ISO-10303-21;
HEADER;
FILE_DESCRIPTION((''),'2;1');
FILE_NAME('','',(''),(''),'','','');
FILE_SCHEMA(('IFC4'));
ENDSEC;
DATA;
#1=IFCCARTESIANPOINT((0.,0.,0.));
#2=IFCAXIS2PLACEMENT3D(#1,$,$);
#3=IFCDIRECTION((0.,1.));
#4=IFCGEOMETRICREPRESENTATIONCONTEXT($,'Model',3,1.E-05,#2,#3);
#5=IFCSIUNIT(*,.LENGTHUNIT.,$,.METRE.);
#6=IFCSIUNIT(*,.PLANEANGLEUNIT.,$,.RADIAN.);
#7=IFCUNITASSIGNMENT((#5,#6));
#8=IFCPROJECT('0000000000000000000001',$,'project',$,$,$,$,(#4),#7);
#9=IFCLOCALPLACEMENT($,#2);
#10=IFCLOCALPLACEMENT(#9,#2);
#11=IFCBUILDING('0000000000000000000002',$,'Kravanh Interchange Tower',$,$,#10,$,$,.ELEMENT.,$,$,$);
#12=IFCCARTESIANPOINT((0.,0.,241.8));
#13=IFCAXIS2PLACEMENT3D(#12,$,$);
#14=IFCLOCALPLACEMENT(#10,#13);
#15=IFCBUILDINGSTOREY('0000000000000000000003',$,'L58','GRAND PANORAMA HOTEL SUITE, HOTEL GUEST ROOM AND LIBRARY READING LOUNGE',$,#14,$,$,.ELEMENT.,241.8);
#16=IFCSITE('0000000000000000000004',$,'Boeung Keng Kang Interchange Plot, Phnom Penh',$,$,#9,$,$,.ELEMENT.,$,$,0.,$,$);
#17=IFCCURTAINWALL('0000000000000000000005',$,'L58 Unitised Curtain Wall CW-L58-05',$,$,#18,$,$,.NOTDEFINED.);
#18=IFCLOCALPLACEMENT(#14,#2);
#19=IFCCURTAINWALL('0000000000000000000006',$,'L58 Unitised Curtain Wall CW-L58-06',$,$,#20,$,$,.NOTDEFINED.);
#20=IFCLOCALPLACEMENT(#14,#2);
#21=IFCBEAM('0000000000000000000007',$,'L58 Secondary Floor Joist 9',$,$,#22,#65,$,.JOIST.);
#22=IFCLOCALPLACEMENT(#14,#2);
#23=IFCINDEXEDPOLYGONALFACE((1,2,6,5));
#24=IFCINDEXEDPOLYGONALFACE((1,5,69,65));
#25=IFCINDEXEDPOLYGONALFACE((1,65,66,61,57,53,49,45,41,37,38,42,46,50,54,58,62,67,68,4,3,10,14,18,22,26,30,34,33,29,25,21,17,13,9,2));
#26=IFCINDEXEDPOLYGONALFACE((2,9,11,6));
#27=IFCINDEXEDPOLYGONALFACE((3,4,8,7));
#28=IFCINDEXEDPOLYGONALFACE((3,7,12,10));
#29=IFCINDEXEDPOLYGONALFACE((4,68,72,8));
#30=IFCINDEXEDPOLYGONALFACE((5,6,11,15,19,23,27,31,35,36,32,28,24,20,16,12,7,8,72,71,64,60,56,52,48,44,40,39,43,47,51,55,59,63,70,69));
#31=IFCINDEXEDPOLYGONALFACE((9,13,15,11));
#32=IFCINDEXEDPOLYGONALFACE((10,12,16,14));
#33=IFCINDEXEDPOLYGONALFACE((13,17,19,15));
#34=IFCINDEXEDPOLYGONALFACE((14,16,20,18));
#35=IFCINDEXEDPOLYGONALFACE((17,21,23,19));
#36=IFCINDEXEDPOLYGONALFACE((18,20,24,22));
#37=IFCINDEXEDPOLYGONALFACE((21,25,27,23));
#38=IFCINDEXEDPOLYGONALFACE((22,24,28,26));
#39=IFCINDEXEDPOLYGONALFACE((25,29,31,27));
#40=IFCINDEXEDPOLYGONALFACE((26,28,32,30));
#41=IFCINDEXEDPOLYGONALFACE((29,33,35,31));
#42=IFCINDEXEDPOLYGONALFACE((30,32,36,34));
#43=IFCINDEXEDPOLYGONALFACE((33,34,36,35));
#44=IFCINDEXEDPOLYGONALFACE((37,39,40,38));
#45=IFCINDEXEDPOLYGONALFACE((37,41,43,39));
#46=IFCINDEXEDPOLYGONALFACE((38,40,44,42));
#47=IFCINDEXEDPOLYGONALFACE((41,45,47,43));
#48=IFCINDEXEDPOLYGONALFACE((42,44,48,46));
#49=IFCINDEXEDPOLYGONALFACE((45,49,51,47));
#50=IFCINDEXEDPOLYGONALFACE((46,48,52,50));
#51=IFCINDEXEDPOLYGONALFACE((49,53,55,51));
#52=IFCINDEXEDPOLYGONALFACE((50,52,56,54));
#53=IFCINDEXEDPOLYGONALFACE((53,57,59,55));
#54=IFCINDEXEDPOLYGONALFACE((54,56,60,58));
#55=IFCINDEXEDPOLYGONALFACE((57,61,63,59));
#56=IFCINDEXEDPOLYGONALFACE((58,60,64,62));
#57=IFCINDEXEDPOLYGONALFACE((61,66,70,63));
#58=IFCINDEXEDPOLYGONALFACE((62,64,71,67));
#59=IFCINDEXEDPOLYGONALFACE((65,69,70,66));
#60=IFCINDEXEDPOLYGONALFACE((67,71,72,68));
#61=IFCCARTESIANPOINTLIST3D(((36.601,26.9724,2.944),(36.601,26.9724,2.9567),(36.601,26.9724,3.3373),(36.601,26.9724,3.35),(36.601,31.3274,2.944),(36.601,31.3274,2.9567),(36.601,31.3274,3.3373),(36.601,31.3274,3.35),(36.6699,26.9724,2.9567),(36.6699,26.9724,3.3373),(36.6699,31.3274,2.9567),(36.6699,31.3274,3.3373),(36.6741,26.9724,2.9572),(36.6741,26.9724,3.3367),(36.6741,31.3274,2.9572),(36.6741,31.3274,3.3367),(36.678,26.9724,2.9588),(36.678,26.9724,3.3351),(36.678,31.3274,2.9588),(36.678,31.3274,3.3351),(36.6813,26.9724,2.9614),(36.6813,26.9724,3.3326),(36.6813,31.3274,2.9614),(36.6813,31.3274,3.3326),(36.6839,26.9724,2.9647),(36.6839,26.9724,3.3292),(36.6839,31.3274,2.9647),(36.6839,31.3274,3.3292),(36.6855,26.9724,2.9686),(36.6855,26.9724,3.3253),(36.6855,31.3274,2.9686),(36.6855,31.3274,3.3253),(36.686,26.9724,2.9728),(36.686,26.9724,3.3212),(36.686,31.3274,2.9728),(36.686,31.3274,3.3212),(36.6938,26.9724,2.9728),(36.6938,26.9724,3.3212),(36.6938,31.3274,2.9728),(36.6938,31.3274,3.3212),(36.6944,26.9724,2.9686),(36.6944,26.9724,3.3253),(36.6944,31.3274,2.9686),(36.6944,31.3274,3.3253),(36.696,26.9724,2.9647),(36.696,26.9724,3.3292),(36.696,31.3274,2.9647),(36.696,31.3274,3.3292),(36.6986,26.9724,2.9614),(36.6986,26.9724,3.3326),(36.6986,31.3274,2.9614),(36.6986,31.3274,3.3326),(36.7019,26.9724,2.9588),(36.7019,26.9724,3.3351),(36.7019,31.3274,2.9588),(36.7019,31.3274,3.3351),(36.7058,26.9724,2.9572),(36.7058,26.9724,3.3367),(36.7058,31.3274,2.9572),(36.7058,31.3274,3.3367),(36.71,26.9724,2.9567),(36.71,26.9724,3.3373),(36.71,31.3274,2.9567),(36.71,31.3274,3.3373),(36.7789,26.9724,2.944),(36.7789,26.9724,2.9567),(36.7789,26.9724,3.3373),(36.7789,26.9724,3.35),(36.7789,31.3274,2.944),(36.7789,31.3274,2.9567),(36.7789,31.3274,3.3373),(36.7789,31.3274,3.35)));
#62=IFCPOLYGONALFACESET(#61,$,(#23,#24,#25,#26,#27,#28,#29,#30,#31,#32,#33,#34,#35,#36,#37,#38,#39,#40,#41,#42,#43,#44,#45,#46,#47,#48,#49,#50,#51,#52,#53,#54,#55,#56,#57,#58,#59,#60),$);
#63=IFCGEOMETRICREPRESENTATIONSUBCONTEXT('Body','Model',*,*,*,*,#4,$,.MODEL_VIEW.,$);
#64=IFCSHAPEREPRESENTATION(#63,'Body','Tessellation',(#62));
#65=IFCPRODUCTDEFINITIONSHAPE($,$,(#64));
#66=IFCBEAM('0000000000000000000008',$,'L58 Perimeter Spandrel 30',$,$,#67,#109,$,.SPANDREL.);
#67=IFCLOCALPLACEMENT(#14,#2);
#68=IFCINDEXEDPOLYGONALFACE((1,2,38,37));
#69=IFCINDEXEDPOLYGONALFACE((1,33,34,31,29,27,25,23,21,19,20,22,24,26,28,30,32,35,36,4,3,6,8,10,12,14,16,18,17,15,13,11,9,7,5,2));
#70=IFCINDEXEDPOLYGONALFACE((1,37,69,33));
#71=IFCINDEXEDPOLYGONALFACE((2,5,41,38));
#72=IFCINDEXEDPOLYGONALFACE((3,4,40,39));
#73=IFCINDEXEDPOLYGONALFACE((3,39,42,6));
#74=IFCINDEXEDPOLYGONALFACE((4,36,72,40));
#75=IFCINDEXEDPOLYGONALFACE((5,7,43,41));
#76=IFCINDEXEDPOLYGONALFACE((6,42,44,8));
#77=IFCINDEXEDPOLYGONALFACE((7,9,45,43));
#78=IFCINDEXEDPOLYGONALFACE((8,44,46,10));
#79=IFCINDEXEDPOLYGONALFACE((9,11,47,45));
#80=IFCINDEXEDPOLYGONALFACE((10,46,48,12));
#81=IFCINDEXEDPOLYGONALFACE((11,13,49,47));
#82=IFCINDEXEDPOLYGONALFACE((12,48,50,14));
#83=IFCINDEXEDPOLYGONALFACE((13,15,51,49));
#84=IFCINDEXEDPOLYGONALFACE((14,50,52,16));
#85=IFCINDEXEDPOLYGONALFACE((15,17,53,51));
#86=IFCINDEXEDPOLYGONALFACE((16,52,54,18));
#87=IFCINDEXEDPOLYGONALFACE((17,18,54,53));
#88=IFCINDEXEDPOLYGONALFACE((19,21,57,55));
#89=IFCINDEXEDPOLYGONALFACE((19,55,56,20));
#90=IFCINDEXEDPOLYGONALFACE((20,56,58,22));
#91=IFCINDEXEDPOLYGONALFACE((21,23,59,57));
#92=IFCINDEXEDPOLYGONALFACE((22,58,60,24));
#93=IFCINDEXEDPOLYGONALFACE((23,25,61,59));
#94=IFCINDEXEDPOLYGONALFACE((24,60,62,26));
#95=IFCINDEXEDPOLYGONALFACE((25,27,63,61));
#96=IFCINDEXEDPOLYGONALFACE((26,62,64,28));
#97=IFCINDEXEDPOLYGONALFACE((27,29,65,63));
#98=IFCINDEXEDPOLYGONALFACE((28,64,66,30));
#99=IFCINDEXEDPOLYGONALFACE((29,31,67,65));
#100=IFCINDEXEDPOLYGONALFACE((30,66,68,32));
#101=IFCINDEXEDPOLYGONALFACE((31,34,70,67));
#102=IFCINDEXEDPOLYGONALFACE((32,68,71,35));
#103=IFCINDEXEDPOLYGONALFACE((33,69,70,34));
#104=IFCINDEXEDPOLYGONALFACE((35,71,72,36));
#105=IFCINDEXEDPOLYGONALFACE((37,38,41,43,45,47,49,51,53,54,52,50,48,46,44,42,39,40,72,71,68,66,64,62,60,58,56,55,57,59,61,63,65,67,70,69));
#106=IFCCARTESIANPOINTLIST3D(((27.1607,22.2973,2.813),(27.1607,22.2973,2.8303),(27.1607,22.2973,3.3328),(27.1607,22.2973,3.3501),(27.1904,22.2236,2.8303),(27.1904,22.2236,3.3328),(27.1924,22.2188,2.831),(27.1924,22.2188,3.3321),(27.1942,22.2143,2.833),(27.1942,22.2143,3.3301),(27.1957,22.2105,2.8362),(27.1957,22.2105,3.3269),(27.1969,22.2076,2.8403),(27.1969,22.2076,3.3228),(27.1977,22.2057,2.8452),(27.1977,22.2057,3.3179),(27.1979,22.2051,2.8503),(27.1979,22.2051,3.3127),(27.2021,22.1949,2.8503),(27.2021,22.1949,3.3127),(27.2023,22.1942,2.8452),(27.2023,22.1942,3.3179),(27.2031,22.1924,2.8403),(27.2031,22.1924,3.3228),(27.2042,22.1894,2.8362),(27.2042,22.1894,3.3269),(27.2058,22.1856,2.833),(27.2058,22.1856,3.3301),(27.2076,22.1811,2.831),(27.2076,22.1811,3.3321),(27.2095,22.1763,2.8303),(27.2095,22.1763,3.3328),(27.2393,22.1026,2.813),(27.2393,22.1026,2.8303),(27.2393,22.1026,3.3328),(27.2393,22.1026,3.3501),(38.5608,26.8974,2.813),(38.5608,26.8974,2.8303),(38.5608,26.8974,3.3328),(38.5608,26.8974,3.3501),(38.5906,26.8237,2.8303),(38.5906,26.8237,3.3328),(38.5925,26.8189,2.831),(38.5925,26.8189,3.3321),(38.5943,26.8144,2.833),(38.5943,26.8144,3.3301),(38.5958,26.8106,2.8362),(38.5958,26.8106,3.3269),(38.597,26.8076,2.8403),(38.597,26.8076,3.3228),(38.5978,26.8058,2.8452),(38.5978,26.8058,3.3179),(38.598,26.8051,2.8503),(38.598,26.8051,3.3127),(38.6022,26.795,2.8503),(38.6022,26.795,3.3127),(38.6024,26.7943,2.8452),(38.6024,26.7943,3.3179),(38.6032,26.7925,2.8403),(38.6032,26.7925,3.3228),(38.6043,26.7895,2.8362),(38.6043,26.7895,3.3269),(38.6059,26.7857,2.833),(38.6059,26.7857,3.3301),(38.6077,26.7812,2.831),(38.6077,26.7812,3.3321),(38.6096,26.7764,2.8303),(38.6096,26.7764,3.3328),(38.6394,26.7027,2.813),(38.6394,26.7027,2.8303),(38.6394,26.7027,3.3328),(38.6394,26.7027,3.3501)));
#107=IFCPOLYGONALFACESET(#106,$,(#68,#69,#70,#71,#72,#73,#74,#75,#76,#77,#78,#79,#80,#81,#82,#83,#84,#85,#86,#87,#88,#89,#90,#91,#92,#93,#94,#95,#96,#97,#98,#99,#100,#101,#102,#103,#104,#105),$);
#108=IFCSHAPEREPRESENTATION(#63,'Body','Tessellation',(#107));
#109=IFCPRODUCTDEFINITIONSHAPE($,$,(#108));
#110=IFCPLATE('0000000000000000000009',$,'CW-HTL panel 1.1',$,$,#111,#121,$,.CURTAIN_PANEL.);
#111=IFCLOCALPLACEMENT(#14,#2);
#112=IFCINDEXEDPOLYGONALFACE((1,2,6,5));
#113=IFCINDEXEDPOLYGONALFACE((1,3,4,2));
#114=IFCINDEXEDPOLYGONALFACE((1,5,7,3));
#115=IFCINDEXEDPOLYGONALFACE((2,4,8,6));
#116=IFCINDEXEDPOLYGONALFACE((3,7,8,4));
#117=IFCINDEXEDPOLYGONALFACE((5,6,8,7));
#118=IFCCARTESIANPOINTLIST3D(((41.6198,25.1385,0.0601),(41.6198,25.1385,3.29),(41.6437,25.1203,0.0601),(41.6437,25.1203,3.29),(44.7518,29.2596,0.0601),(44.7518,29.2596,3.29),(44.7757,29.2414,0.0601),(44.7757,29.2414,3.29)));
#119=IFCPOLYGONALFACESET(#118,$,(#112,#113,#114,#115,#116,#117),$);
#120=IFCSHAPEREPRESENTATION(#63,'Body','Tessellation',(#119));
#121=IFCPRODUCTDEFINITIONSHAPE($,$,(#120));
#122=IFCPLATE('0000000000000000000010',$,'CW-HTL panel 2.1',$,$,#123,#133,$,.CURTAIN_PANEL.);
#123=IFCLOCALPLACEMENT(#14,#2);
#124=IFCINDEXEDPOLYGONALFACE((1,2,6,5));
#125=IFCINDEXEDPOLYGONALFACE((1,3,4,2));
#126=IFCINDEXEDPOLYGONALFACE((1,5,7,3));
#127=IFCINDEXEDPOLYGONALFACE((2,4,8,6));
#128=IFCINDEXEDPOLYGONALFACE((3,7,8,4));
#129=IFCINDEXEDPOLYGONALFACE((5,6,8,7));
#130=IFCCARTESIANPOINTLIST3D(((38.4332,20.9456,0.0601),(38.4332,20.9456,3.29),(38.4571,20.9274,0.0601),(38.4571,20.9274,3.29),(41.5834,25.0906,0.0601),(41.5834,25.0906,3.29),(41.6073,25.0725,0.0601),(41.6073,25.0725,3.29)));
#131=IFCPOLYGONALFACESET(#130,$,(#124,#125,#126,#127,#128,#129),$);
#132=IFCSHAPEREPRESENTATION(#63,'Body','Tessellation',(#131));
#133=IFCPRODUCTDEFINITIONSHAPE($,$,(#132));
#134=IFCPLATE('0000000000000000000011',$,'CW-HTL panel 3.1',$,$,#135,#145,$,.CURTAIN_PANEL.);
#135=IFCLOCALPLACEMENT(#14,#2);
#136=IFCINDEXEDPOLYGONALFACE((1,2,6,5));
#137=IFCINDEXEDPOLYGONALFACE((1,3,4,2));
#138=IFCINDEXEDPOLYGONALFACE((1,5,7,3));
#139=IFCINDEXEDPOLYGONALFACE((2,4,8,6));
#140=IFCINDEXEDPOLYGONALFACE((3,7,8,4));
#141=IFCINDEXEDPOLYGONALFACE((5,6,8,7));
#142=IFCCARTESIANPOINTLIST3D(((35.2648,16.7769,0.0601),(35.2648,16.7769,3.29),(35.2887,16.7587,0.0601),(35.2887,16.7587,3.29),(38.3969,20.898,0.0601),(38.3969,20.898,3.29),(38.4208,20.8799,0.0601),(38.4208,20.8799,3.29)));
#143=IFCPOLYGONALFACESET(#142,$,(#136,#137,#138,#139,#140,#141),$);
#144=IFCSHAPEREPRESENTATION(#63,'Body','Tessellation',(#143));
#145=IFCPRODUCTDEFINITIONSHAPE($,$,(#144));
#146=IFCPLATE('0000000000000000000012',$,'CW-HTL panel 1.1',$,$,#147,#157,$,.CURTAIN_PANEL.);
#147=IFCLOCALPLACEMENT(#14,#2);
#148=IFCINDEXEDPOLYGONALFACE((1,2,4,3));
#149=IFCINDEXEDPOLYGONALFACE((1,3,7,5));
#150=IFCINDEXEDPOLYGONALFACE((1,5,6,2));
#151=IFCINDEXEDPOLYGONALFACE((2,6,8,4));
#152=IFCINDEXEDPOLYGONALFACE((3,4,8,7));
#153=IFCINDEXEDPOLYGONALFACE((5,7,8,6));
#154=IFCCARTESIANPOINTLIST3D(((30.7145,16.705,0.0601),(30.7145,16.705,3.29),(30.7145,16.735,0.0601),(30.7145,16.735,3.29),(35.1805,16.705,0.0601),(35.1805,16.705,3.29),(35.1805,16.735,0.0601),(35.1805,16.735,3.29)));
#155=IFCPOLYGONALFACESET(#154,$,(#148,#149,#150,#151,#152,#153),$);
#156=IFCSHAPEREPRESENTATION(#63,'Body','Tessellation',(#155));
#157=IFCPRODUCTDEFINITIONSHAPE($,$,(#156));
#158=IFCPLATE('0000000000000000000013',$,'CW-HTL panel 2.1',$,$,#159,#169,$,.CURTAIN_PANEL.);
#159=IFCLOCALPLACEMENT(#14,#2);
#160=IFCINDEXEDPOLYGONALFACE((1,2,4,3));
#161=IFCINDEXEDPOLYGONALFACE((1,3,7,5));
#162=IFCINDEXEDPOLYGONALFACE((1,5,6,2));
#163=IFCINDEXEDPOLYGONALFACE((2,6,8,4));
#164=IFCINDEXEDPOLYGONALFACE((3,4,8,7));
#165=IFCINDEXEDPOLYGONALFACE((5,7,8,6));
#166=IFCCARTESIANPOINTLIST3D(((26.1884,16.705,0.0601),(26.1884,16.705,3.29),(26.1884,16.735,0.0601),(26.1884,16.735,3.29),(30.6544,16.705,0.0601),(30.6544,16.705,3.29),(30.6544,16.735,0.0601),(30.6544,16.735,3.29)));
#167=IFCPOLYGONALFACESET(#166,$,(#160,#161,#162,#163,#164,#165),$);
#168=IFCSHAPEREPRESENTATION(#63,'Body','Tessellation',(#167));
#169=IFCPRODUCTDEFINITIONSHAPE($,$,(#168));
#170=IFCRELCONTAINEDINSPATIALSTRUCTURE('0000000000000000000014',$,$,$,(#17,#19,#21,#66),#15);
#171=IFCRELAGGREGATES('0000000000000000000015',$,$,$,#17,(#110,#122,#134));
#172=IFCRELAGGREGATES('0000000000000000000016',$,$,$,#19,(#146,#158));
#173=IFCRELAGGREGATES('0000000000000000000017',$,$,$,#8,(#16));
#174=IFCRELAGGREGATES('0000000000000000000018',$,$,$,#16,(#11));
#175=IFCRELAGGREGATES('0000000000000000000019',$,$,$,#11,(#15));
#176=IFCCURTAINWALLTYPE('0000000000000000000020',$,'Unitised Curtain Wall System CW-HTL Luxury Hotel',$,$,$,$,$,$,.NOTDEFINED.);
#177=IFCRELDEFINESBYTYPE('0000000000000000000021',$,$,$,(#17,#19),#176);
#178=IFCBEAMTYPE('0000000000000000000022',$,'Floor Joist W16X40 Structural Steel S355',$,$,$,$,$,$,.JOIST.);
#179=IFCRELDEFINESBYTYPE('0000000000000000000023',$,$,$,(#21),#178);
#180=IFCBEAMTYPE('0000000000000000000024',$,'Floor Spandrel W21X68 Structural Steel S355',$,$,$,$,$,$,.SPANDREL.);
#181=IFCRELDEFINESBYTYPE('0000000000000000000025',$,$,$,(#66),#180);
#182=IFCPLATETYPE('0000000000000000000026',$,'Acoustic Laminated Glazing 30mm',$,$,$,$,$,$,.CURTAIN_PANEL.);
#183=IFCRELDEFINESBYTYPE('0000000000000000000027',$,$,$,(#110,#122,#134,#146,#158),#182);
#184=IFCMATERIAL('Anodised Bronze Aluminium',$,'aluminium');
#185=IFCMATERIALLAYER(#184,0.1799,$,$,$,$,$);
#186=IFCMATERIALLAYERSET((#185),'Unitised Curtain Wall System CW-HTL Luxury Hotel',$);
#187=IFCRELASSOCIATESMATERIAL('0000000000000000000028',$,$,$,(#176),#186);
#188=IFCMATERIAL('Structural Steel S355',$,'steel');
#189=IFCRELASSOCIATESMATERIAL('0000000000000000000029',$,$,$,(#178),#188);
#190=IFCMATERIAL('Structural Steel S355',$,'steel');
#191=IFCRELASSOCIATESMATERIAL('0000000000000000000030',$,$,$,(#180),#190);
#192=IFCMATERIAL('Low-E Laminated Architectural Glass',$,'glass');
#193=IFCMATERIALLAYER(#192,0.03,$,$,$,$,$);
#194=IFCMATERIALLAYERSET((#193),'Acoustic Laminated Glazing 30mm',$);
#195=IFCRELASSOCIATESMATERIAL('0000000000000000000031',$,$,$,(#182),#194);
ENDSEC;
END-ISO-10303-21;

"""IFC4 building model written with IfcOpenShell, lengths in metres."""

from ifc_helpers import new_model, si_unit, direction, frame, origin, origin_2d, place, context, subcontext, project, spatial, rectangle, i_section, extrude, material, layer, layer_set, material_profile, profile_set, type_object, element, aggregate, save


model = new_model("IFC4")

# Units and contexts
model_context = context("Model", 3, precision=1e-05, world=origin(), true_north=direction((0.0, 1.0)))
body_context = subcontext(model_context, "Body", "Model", "MODEL_VIEW")
ifc_project = project(units=[si_unit("LENGTHUNIT", "METRE"), si_unit("PLANEANGLEUNIT", "RADIAN")], contexts=[model_context])

# Site, building, storey
site_placement = place(None, origin())
site = spatial("IfcSite", under=ifc_project, at=site_placement, Name="Boeung Keng Kang Interchange Plot, Phnom Penh", CompositionType="ELEMENT", RefElevation=0.0)
building_placement = place(site_placement, origin())
building = spatial("IfcBuilding", under=site, at=building_placement, Name="Kravanh Interchange Tower", CompositionType="ELEMENT")
storey_placement = place(building_placement, frame((0.0, 0.0, 241.8)))
storey = spatial("IfcBuildingStorey", under=building, at=storey_placement, Name="L58", Description="GRAND PANORAMA HOTEL SUITE, HOTEL GUEST ROOM AND LIBRARY READING LOUNGE", CompositionType="ELEMENT", Elevation=241.8)

# Curtain walls
ifc_material_1 = material(Name="Anodised Bronze Aluminium", Category="aluminium")
ifc_layer_1 = layer(ifc_material_1, 0.1799)
ifc_layer_set_1 = layer_set([ifc_layer_1], Name="Unitised Curtain Wall System CW-HTL Luxury Hotel")
curtain_wall_type = type_object("IfcCurtainWallType", Name="Unitised Curtain Wall System CW-HTL Luxury Hotel", PredefinedType="NOTDEFINED", material=ifc_layer_set_1)
curtain_wall_1_placement = place(storey_placement, origin())
curtain_wall_1 = element("IfcCurtainWall", 1, at=curtain_wall_1_placement, inside=storey, type_object=curtain_wall_type, Name="L58 Unitised Curtain Wall CW-L58-05", PredefinedType="NOTDEFINED")
curtain_wall_2_placement = place(storey_placement, origin())
curtain_wall_2 = element("IfcCurtainWall", 2, at=curtain_wall_2_placement, inside=storey, type_object=curtain_wall_type, Name="L58 Unitised Curtain Wall CW-L58-06", PredefinedType="NOTDEFINED")

# Beams
ifc_material_2 = material(Name="Structural Steel S355", Category="steel")
ifc_material_profile_1 = material_profile(ifc_material_2, i_section(OverallWidth=0.178, OverallDepth=0.406, WebThickness=0.0078, FlangeThickness=0.0127, FilletRadius=0.0161, at=origin_2d()), Name="W16X40")
ifc_profile_set_1 = profile_set([ifc_material_profile_1], Name="Structural Steel S355")
beam_type_1 = type_object("IfcBeamType", Name="Floor Joist W16X40 Structural Steel S355", PredefinedType="JOIST", material=ifc_profile_set_1)
for number, where, z_axis, x_axis, name in (
    (3, (36.6899, 26.9724, 3.147), (0.0, 1.0, 0.0), (-1.0, 0.0, 0.0), "L58 Secondary Floor Joist 9"),
):
    element("IfcBeam", number, at=place(storey_placement, frame(where, z_axis=z_axis, x_axis=x_axis)), inside=storey, type_object=beam_type_1, Name=name, PredefinedType="JOIST", context=body_context, shape_type="SweptSolid", body=[
        extrude(i_section(OverallWidth=0.178, OverallDepth=0.406, WebThickness=0.0078, FlangeThickness=0.0127, FilletRadius=0.0161, at=origin_2d()), origin(), (0.0, 0.0, 1.0), 4.355),
    ])
ifc_material_3 = material(Name="Structural Steel S355", Category="steel")
ifc_material_profile_2 = material_profile(ifc_material_3, i_section(OverallWidth=0.21, OverallDepth=0.5371, WebThickness=0.011, FlangeThickness=0.0173, FilletRadius=0.02, at=origin_2d()), Name="W21X68")
ifc_profile_set_2 = profile_set([ifc_material_profile_2], Name="Structural Steel S355")
beam_type_2 = type_object("IfcBeamType", Name="Floor Spandrel W21X68 Structural Steel S355", PredefinedType="SPANDREL", material=ifc_profile_set_2)
beam_1_placement = place(storey_placement, frame((38.6001, 26.8, 3.0815), z_axis=(-0.927349, -0.374197, 0.0), x_axis=(0.374197, -0.927349, 0.0)))
element("IfcBeam", 4, at=beam_1_placement, inside=storey, type_object=beam_type_2, Name="L58 Perimeter Spandrel 30", PredefinedType="SPANDREL", context=body_context, shape_type="SweptSolid", body=[
    extrude(i_section(OverallWidth=0.21, OverallDepth=0.5371, WebThickness=0.011, FlangeThickness=0.0173, FilletRadius=0.02, at=origin_2d()), origin(), (0.0, 0.0, 1.0), 12.2932),
])

# Plates
ifc_material_4 = material(Name="Low-E Laminated Architectural Glass", Category="glass")
ifc_layer_2 = layer(ifc_material_4, 0.03)
ifc_layer_set_2 = layer_set([ifc_layer_2], Name="Acoustic Laminated Glazing 30mm")
plate_type = type_object("IfcPlateType", Name="Acoustic Laminated Glazing 30mm", PredefinedType="CURTAIN_PANEL", material=ifc_layer_set_2)
plate_1_placement = place(storey_placement, frame((43.1978, 27.1899, 0.0601), z_axis=(0.0, 0.0, 1.0), x_axis=(-0.605083, -0.796162, 0.0)))
plate_1 = element("IfcPlate", 5, at=plate_1_placement, type_object=plate_type, Name="CW-HTL panel 1.1", PredefinedType="CURTAIN_PANEL", context=body_context, shape_type="SweptSolid", body=[
    extrude(rectangle(XDim=5.1763, YDim=0.03, at=origin_2d()), origin(), (0.0, 0.0, 1.0), 3.23),
])
plate_2_placement = place(storey_placement, frame((40.0203, 23.009, 0.0601), z_axis=(0.0, 0.0, 1.0), x_axis=(-0.605083, -0.796162, 0.0)))
plate_2 = element("IfcPlate", 6, at=plate_2_placement, type_object=plate_type, Name="CW-HTL panel 2.1", PredefinedType="CURTAIN_PANEL", context=body_context, shape_type="SweptSolid", body=[
    extrude(rectangle(XDim=5.2063, YDim=0.03, at=origin_2d()), origin(), (0.0, 0.0, 1.0), 3.23),
])
plate_3_placement = place(storey_placement, frame((36.8428, 18.8284, 0.0601), z_axis=(0.0, 0.0, 1.0), x_axis=(-0.605083, -0.796162, 0.0)))
plate_3 = element("IfcPlate", 7, at=plate_3_placement, type_object=plate_type, Name="CW-HTL panel 3.1", PredefinedType="CURTAIN_PANEL", context=body_context, shape_type="SweptSolid", body=[
    extrude(rectangle(XDim=5.1763, YDim=0.03, at=origin_2d()), origin(), (0.0, 0.0, 1.0), 3.23),
])
aggregate(curtain_wall_1, [plate_1, plate_2, plate_3])
plate_4_placement = place(storey_placement, frame((32.9475, 16.72, 0.0601), z_axis=(0.0, 0.0, 1.0), x_axis=(-1.0, 0.0, 0.0)))
plate_4 = element("IfcPlate", 8, at=plate_4_placement, type_object=plate_type, Name="CW-HTL panel 1.1", PredefinedType="CURTAIN_PANEL", context=body_context, shape_type="SweptSolid", body=[
    extrude(rectangle(XDim=4.4661, YDim=0.03, at=origin_2d()), origin(), (0.0, 0.0, 1.0), 3.23),
])
plate_5_placement = place(storey_placement, frame((28.4214, 16.72, 0.0601), z_axis=(0.0, 0.0, 1.0), x_axis=(-1.0, 0.0, 0.0)))
plate_5 = element("IfcPlate", 9, at=plate_5_placement, type_object=plate_type, Name="CW-HTL panel 2.1", PredefinedType="CURTAIN_PANEL", context=body_context, shape_type="SweptSolid", body=[
    extrude(rectangle(XDim=4.4661, YDim=0.03, at=origin_2d()), origin(), (0.0, 0.0, 1.0), 3.23),
])
aggregate(curtain_wall_2, [plate_4, plate_5])

save(model, "model.ifc")
